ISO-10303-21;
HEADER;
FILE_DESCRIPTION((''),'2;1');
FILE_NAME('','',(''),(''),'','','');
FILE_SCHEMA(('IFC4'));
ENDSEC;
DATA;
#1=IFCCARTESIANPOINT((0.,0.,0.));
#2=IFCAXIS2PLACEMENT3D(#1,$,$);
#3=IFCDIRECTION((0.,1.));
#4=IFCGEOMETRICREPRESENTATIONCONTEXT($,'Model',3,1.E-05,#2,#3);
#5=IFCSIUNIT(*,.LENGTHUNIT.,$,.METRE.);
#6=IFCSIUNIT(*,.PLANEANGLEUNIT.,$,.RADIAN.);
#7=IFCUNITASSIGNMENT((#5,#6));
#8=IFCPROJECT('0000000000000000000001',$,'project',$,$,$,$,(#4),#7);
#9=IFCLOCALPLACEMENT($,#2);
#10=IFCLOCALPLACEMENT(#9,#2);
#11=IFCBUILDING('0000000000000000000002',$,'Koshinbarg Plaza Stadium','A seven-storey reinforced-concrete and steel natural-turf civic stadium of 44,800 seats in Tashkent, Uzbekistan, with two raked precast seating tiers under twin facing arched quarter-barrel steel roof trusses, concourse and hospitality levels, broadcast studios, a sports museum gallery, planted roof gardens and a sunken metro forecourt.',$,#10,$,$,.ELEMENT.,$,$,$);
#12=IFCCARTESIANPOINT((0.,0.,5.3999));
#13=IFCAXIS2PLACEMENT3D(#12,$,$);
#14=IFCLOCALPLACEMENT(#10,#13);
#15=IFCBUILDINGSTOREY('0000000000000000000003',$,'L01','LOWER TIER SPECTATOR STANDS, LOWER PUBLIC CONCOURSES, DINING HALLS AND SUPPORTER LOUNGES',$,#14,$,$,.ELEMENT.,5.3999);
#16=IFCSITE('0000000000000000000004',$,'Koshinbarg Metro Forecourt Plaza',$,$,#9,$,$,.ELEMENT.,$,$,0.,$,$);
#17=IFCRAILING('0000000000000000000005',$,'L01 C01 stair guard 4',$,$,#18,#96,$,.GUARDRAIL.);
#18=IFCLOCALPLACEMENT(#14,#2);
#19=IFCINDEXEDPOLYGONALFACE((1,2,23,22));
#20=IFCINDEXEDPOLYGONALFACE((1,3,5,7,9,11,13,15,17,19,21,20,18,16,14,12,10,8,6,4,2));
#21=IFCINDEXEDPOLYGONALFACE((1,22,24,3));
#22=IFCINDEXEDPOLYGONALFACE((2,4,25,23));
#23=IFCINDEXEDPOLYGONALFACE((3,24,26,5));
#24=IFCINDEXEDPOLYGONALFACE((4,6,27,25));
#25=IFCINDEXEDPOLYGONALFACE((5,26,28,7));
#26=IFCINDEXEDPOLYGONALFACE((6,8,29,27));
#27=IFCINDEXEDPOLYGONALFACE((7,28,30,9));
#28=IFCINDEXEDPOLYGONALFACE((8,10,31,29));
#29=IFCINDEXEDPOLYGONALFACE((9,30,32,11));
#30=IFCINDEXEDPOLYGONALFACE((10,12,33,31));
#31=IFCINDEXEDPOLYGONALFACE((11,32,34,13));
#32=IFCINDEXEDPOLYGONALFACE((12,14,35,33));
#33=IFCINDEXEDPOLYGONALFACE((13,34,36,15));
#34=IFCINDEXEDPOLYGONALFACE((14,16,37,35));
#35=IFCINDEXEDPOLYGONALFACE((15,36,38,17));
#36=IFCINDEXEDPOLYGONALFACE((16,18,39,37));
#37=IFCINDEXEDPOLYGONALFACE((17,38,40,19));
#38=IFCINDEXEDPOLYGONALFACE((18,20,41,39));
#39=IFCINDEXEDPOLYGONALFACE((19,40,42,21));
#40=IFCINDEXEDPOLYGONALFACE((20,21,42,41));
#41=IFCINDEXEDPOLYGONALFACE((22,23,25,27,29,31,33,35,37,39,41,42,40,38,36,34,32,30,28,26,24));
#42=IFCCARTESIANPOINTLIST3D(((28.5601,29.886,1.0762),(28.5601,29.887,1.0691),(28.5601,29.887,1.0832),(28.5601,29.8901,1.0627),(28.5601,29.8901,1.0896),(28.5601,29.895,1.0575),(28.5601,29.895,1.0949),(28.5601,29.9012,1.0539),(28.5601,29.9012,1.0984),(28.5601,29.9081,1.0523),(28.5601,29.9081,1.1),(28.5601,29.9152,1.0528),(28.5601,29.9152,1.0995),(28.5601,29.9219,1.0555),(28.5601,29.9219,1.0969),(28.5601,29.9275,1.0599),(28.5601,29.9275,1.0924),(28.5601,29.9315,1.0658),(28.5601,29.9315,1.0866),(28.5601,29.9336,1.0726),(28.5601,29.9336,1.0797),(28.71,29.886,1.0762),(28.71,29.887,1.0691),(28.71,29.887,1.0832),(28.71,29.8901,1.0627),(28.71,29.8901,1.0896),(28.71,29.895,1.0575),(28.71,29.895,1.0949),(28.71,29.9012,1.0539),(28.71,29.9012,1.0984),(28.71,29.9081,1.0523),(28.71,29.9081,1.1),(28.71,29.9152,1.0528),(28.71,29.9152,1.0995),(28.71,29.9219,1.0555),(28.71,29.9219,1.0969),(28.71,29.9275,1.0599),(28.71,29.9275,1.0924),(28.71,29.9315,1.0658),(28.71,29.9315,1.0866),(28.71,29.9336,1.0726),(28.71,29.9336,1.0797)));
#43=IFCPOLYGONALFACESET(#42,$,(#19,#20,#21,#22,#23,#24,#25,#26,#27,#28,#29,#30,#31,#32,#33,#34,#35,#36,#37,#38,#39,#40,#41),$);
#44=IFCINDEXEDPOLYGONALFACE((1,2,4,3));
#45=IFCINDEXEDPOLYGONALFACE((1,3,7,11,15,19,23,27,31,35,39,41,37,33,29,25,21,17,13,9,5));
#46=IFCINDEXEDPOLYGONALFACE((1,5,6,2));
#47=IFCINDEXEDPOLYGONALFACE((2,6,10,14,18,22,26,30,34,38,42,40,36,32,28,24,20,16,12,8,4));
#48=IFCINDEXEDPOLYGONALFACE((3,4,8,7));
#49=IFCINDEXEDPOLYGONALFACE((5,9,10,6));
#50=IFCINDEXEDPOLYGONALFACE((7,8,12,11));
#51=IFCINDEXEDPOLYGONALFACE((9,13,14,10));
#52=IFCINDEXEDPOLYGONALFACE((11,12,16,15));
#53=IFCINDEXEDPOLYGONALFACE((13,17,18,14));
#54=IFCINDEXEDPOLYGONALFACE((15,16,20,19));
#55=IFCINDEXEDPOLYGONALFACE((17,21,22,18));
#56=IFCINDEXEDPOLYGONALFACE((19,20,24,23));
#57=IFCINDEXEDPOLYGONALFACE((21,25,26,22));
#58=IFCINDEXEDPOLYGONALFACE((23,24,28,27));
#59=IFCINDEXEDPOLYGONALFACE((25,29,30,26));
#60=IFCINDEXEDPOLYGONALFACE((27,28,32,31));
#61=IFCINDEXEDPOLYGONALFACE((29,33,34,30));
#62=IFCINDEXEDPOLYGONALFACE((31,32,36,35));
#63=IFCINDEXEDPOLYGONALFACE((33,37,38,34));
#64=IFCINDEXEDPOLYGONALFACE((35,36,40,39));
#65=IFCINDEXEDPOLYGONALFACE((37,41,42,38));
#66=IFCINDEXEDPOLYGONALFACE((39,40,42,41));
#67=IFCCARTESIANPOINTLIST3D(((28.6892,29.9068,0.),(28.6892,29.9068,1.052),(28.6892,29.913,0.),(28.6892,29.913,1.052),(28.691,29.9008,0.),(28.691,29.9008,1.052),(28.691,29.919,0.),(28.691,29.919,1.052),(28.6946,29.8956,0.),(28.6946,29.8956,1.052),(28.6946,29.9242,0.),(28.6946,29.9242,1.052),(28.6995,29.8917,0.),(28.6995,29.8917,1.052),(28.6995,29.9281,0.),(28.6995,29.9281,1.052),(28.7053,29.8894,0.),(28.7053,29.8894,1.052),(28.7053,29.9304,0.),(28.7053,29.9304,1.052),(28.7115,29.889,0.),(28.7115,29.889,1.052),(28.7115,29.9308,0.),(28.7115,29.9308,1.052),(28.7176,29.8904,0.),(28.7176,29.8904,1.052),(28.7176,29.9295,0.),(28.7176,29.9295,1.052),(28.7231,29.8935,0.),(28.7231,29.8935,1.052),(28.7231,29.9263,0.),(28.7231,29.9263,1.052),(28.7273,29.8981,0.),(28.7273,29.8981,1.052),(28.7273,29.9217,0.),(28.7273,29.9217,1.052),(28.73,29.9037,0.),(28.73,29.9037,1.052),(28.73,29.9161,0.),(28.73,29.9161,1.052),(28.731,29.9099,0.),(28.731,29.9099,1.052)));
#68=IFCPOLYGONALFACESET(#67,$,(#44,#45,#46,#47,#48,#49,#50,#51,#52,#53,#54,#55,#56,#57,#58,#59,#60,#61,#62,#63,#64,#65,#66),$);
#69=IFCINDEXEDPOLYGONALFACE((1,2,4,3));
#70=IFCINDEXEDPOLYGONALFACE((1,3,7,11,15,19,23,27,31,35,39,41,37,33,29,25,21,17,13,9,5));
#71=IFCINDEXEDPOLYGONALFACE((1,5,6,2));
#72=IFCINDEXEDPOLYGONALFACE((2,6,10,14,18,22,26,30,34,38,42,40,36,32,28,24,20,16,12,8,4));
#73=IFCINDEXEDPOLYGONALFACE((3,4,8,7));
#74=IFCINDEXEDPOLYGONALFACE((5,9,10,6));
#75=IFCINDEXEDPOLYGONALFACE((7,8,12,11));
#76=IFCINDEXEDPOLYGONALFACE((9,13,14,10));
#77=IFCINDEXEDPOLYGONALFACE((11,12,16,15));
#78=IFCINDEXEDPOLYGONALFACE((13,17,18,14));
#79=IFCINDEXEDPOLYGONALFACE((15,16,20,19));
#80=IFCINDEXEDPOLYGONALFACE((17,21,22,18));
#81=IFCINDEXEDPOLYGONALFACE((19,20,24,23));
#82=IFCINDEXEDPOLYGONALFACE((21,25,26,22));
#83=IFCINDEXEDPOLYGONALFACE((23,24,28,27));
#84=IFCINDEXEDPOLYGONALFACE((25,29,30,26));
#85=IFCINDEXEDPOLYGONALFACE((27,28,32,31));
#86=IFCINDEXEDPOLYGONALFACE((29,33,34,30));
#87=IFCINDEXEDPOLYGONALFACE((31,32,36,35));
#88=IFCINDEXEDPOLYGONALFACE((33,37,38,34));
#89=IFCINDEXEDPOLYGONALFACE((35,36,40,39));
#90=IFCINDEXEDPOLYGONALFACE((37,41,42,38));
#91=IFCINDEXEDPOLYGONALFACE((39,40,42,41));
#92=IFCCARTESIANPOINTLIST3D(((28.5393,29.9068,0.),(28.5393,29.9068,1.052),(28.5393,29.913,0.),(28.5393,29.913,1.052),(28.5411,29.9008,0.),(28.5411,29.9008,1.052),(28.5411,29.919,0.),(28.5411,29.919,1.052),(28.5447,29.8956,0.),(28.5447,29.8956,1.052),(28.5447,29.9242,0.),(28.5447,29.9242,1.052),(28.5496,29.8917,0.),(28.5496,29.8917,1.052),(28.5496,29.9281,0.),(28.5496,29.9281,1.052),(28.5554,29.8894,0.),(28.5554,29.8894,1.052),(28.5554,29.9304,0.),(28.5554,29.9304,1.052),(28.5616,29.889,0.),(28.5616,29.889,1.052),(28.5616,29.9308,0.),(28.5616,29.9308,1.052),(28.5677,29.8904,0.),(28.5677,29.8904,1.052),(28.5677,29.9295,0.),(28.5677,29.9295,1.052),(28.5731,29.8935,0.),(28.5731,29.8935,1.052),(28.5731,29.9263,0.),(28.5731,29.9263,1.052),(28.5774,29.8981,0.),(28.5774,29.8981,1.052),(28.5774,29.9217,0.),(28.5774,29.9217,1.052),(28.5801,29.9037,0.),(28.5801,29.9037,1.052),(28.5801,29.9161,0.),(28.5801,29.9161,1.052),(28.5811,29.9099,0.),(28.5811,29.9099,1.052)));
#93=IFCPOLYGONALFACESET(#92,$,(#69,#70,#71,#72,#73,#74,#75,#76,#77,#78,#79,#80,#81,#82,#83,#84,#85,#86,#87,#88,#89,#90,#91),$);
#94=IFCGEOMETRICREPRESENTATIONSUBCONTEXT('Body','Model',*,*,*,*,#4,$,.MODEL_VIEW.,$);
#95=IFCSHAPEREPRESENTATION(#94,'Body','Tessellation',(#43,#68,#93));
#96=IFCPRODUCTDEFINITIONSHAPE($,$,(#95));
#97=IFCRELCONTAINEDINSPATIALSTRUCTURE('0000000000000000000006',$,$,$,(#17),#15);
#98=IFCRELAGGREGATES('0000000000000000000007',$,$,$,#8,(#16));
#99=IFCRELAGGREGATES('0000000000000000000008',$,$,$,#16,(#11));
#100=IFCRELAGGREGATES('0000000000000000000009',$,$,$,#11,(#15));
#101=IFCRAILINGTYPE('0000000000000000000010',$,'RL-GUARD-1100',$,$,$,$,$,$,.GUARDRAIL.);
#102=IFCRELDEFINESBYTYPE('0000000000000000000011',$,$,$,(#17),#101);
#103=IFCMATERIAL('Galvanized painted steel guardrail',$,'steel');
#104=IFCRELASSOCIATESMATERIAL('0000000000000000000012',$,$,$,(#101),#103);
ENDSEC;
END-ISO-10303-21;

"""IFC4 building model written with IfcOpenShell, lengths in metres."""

from ifc_helpers import new_model, si_unit, direction, frame, origin, origin_2d, place, context, subcontext, project, spatial, circle, extrude, material, type_object, element, save


model = new_model("IFC4")

# Units and contexts
model_context = context("Model", 3, precision=1e-05, world=origin(), true_north=direction((0.0, 1.0)))
body_context = subcontext(model_context, "Body", "Model", "MODEL_VIEW")
ifc_project = project(units=[si_unit("LENGTHUNIT", "METRE"), si_unit("PLANEANGLEUNIT", "RADIAN")], contexts=[model_context])

# Site, building, storey
site_placement = place(None, origin())
site = spatial("IfcSite", under=ifc_project, at=site_placement, Name="Koshinbarg Metro Forecourt Plaza", CompositionType="ELEMENT", RefElevation=0.0)
building_placement = place(site_placement, origin())
building = spatial("IfcBuilding", under=site, at=building_placement, Name="Koshinbarg Plaza Stadium", Description="A seven-storey reinforced-concrete and steel natural-turf civic stadium of 44,800 seats in Tashkent, Uzbekistan, with two raked precast seating tiers under twin facing arched quarter-barrel steel roof trusses, concourse and hospitality levels, broadcast studios, a sports museum gallery, planted roof gardens and a sunken metro forecourt.", CompositionType="ELEMENT")
storey_placement = place(building_placement, frame((0.0, 0.0, 5.3999)))
storey = spatial("IfcBuildingStorey", under=building, at=storey_placement, Name="L01", Description="LOWER TIER SPECTATOR STANDS, LOWER PUBLIC CONCOURSES, DINING HALLS AND SUPPORTER LOUNGES", CompositionType="ELEMENT", Elevation=5.3999)

# Railing
ifc_material_1 = material(Name="Galvanized painted steel guardrail", Category="steel")
railing_type_1 = type_object("IfcRailingType", Name="RL-GUARD-1100", PredefinedType="GUARDRAIL", material=ifc_material_1)
railing_1_placement = place(storey_placement, frame((28.71, 29.9099, 0.0)))
element("IfcRailing", 1, at=railing_1_placement, inside=storey, type_object=railing_type_1, Name="L01 C01 stair guard 4", PredefinedType="GUARDRAIL", context=body_context, shape_type="SweptSolid", body=[
    extrude(circle(Radius=0.0239, at=origin_2d()), frame((0.0, 0.0, 1.0762), z_axis=(-1.0, 0.0, 0.0), x_axis=(0.0, -1.0, 0.0)), (0.0, 0.0, 1.0), 0.1499),
    extrude(circle(Radius=0.021, at=origin_2d()), origin(), (0.0, 0.0, 1.0), 1.052),
    extrude(circle(Radius=0.021, at=origin_2d()), frame((-0.1499, 0.0, 0.0)), (0.0, 0.0, 1.0), 1.052),
])

save(model, "model.ifc")
